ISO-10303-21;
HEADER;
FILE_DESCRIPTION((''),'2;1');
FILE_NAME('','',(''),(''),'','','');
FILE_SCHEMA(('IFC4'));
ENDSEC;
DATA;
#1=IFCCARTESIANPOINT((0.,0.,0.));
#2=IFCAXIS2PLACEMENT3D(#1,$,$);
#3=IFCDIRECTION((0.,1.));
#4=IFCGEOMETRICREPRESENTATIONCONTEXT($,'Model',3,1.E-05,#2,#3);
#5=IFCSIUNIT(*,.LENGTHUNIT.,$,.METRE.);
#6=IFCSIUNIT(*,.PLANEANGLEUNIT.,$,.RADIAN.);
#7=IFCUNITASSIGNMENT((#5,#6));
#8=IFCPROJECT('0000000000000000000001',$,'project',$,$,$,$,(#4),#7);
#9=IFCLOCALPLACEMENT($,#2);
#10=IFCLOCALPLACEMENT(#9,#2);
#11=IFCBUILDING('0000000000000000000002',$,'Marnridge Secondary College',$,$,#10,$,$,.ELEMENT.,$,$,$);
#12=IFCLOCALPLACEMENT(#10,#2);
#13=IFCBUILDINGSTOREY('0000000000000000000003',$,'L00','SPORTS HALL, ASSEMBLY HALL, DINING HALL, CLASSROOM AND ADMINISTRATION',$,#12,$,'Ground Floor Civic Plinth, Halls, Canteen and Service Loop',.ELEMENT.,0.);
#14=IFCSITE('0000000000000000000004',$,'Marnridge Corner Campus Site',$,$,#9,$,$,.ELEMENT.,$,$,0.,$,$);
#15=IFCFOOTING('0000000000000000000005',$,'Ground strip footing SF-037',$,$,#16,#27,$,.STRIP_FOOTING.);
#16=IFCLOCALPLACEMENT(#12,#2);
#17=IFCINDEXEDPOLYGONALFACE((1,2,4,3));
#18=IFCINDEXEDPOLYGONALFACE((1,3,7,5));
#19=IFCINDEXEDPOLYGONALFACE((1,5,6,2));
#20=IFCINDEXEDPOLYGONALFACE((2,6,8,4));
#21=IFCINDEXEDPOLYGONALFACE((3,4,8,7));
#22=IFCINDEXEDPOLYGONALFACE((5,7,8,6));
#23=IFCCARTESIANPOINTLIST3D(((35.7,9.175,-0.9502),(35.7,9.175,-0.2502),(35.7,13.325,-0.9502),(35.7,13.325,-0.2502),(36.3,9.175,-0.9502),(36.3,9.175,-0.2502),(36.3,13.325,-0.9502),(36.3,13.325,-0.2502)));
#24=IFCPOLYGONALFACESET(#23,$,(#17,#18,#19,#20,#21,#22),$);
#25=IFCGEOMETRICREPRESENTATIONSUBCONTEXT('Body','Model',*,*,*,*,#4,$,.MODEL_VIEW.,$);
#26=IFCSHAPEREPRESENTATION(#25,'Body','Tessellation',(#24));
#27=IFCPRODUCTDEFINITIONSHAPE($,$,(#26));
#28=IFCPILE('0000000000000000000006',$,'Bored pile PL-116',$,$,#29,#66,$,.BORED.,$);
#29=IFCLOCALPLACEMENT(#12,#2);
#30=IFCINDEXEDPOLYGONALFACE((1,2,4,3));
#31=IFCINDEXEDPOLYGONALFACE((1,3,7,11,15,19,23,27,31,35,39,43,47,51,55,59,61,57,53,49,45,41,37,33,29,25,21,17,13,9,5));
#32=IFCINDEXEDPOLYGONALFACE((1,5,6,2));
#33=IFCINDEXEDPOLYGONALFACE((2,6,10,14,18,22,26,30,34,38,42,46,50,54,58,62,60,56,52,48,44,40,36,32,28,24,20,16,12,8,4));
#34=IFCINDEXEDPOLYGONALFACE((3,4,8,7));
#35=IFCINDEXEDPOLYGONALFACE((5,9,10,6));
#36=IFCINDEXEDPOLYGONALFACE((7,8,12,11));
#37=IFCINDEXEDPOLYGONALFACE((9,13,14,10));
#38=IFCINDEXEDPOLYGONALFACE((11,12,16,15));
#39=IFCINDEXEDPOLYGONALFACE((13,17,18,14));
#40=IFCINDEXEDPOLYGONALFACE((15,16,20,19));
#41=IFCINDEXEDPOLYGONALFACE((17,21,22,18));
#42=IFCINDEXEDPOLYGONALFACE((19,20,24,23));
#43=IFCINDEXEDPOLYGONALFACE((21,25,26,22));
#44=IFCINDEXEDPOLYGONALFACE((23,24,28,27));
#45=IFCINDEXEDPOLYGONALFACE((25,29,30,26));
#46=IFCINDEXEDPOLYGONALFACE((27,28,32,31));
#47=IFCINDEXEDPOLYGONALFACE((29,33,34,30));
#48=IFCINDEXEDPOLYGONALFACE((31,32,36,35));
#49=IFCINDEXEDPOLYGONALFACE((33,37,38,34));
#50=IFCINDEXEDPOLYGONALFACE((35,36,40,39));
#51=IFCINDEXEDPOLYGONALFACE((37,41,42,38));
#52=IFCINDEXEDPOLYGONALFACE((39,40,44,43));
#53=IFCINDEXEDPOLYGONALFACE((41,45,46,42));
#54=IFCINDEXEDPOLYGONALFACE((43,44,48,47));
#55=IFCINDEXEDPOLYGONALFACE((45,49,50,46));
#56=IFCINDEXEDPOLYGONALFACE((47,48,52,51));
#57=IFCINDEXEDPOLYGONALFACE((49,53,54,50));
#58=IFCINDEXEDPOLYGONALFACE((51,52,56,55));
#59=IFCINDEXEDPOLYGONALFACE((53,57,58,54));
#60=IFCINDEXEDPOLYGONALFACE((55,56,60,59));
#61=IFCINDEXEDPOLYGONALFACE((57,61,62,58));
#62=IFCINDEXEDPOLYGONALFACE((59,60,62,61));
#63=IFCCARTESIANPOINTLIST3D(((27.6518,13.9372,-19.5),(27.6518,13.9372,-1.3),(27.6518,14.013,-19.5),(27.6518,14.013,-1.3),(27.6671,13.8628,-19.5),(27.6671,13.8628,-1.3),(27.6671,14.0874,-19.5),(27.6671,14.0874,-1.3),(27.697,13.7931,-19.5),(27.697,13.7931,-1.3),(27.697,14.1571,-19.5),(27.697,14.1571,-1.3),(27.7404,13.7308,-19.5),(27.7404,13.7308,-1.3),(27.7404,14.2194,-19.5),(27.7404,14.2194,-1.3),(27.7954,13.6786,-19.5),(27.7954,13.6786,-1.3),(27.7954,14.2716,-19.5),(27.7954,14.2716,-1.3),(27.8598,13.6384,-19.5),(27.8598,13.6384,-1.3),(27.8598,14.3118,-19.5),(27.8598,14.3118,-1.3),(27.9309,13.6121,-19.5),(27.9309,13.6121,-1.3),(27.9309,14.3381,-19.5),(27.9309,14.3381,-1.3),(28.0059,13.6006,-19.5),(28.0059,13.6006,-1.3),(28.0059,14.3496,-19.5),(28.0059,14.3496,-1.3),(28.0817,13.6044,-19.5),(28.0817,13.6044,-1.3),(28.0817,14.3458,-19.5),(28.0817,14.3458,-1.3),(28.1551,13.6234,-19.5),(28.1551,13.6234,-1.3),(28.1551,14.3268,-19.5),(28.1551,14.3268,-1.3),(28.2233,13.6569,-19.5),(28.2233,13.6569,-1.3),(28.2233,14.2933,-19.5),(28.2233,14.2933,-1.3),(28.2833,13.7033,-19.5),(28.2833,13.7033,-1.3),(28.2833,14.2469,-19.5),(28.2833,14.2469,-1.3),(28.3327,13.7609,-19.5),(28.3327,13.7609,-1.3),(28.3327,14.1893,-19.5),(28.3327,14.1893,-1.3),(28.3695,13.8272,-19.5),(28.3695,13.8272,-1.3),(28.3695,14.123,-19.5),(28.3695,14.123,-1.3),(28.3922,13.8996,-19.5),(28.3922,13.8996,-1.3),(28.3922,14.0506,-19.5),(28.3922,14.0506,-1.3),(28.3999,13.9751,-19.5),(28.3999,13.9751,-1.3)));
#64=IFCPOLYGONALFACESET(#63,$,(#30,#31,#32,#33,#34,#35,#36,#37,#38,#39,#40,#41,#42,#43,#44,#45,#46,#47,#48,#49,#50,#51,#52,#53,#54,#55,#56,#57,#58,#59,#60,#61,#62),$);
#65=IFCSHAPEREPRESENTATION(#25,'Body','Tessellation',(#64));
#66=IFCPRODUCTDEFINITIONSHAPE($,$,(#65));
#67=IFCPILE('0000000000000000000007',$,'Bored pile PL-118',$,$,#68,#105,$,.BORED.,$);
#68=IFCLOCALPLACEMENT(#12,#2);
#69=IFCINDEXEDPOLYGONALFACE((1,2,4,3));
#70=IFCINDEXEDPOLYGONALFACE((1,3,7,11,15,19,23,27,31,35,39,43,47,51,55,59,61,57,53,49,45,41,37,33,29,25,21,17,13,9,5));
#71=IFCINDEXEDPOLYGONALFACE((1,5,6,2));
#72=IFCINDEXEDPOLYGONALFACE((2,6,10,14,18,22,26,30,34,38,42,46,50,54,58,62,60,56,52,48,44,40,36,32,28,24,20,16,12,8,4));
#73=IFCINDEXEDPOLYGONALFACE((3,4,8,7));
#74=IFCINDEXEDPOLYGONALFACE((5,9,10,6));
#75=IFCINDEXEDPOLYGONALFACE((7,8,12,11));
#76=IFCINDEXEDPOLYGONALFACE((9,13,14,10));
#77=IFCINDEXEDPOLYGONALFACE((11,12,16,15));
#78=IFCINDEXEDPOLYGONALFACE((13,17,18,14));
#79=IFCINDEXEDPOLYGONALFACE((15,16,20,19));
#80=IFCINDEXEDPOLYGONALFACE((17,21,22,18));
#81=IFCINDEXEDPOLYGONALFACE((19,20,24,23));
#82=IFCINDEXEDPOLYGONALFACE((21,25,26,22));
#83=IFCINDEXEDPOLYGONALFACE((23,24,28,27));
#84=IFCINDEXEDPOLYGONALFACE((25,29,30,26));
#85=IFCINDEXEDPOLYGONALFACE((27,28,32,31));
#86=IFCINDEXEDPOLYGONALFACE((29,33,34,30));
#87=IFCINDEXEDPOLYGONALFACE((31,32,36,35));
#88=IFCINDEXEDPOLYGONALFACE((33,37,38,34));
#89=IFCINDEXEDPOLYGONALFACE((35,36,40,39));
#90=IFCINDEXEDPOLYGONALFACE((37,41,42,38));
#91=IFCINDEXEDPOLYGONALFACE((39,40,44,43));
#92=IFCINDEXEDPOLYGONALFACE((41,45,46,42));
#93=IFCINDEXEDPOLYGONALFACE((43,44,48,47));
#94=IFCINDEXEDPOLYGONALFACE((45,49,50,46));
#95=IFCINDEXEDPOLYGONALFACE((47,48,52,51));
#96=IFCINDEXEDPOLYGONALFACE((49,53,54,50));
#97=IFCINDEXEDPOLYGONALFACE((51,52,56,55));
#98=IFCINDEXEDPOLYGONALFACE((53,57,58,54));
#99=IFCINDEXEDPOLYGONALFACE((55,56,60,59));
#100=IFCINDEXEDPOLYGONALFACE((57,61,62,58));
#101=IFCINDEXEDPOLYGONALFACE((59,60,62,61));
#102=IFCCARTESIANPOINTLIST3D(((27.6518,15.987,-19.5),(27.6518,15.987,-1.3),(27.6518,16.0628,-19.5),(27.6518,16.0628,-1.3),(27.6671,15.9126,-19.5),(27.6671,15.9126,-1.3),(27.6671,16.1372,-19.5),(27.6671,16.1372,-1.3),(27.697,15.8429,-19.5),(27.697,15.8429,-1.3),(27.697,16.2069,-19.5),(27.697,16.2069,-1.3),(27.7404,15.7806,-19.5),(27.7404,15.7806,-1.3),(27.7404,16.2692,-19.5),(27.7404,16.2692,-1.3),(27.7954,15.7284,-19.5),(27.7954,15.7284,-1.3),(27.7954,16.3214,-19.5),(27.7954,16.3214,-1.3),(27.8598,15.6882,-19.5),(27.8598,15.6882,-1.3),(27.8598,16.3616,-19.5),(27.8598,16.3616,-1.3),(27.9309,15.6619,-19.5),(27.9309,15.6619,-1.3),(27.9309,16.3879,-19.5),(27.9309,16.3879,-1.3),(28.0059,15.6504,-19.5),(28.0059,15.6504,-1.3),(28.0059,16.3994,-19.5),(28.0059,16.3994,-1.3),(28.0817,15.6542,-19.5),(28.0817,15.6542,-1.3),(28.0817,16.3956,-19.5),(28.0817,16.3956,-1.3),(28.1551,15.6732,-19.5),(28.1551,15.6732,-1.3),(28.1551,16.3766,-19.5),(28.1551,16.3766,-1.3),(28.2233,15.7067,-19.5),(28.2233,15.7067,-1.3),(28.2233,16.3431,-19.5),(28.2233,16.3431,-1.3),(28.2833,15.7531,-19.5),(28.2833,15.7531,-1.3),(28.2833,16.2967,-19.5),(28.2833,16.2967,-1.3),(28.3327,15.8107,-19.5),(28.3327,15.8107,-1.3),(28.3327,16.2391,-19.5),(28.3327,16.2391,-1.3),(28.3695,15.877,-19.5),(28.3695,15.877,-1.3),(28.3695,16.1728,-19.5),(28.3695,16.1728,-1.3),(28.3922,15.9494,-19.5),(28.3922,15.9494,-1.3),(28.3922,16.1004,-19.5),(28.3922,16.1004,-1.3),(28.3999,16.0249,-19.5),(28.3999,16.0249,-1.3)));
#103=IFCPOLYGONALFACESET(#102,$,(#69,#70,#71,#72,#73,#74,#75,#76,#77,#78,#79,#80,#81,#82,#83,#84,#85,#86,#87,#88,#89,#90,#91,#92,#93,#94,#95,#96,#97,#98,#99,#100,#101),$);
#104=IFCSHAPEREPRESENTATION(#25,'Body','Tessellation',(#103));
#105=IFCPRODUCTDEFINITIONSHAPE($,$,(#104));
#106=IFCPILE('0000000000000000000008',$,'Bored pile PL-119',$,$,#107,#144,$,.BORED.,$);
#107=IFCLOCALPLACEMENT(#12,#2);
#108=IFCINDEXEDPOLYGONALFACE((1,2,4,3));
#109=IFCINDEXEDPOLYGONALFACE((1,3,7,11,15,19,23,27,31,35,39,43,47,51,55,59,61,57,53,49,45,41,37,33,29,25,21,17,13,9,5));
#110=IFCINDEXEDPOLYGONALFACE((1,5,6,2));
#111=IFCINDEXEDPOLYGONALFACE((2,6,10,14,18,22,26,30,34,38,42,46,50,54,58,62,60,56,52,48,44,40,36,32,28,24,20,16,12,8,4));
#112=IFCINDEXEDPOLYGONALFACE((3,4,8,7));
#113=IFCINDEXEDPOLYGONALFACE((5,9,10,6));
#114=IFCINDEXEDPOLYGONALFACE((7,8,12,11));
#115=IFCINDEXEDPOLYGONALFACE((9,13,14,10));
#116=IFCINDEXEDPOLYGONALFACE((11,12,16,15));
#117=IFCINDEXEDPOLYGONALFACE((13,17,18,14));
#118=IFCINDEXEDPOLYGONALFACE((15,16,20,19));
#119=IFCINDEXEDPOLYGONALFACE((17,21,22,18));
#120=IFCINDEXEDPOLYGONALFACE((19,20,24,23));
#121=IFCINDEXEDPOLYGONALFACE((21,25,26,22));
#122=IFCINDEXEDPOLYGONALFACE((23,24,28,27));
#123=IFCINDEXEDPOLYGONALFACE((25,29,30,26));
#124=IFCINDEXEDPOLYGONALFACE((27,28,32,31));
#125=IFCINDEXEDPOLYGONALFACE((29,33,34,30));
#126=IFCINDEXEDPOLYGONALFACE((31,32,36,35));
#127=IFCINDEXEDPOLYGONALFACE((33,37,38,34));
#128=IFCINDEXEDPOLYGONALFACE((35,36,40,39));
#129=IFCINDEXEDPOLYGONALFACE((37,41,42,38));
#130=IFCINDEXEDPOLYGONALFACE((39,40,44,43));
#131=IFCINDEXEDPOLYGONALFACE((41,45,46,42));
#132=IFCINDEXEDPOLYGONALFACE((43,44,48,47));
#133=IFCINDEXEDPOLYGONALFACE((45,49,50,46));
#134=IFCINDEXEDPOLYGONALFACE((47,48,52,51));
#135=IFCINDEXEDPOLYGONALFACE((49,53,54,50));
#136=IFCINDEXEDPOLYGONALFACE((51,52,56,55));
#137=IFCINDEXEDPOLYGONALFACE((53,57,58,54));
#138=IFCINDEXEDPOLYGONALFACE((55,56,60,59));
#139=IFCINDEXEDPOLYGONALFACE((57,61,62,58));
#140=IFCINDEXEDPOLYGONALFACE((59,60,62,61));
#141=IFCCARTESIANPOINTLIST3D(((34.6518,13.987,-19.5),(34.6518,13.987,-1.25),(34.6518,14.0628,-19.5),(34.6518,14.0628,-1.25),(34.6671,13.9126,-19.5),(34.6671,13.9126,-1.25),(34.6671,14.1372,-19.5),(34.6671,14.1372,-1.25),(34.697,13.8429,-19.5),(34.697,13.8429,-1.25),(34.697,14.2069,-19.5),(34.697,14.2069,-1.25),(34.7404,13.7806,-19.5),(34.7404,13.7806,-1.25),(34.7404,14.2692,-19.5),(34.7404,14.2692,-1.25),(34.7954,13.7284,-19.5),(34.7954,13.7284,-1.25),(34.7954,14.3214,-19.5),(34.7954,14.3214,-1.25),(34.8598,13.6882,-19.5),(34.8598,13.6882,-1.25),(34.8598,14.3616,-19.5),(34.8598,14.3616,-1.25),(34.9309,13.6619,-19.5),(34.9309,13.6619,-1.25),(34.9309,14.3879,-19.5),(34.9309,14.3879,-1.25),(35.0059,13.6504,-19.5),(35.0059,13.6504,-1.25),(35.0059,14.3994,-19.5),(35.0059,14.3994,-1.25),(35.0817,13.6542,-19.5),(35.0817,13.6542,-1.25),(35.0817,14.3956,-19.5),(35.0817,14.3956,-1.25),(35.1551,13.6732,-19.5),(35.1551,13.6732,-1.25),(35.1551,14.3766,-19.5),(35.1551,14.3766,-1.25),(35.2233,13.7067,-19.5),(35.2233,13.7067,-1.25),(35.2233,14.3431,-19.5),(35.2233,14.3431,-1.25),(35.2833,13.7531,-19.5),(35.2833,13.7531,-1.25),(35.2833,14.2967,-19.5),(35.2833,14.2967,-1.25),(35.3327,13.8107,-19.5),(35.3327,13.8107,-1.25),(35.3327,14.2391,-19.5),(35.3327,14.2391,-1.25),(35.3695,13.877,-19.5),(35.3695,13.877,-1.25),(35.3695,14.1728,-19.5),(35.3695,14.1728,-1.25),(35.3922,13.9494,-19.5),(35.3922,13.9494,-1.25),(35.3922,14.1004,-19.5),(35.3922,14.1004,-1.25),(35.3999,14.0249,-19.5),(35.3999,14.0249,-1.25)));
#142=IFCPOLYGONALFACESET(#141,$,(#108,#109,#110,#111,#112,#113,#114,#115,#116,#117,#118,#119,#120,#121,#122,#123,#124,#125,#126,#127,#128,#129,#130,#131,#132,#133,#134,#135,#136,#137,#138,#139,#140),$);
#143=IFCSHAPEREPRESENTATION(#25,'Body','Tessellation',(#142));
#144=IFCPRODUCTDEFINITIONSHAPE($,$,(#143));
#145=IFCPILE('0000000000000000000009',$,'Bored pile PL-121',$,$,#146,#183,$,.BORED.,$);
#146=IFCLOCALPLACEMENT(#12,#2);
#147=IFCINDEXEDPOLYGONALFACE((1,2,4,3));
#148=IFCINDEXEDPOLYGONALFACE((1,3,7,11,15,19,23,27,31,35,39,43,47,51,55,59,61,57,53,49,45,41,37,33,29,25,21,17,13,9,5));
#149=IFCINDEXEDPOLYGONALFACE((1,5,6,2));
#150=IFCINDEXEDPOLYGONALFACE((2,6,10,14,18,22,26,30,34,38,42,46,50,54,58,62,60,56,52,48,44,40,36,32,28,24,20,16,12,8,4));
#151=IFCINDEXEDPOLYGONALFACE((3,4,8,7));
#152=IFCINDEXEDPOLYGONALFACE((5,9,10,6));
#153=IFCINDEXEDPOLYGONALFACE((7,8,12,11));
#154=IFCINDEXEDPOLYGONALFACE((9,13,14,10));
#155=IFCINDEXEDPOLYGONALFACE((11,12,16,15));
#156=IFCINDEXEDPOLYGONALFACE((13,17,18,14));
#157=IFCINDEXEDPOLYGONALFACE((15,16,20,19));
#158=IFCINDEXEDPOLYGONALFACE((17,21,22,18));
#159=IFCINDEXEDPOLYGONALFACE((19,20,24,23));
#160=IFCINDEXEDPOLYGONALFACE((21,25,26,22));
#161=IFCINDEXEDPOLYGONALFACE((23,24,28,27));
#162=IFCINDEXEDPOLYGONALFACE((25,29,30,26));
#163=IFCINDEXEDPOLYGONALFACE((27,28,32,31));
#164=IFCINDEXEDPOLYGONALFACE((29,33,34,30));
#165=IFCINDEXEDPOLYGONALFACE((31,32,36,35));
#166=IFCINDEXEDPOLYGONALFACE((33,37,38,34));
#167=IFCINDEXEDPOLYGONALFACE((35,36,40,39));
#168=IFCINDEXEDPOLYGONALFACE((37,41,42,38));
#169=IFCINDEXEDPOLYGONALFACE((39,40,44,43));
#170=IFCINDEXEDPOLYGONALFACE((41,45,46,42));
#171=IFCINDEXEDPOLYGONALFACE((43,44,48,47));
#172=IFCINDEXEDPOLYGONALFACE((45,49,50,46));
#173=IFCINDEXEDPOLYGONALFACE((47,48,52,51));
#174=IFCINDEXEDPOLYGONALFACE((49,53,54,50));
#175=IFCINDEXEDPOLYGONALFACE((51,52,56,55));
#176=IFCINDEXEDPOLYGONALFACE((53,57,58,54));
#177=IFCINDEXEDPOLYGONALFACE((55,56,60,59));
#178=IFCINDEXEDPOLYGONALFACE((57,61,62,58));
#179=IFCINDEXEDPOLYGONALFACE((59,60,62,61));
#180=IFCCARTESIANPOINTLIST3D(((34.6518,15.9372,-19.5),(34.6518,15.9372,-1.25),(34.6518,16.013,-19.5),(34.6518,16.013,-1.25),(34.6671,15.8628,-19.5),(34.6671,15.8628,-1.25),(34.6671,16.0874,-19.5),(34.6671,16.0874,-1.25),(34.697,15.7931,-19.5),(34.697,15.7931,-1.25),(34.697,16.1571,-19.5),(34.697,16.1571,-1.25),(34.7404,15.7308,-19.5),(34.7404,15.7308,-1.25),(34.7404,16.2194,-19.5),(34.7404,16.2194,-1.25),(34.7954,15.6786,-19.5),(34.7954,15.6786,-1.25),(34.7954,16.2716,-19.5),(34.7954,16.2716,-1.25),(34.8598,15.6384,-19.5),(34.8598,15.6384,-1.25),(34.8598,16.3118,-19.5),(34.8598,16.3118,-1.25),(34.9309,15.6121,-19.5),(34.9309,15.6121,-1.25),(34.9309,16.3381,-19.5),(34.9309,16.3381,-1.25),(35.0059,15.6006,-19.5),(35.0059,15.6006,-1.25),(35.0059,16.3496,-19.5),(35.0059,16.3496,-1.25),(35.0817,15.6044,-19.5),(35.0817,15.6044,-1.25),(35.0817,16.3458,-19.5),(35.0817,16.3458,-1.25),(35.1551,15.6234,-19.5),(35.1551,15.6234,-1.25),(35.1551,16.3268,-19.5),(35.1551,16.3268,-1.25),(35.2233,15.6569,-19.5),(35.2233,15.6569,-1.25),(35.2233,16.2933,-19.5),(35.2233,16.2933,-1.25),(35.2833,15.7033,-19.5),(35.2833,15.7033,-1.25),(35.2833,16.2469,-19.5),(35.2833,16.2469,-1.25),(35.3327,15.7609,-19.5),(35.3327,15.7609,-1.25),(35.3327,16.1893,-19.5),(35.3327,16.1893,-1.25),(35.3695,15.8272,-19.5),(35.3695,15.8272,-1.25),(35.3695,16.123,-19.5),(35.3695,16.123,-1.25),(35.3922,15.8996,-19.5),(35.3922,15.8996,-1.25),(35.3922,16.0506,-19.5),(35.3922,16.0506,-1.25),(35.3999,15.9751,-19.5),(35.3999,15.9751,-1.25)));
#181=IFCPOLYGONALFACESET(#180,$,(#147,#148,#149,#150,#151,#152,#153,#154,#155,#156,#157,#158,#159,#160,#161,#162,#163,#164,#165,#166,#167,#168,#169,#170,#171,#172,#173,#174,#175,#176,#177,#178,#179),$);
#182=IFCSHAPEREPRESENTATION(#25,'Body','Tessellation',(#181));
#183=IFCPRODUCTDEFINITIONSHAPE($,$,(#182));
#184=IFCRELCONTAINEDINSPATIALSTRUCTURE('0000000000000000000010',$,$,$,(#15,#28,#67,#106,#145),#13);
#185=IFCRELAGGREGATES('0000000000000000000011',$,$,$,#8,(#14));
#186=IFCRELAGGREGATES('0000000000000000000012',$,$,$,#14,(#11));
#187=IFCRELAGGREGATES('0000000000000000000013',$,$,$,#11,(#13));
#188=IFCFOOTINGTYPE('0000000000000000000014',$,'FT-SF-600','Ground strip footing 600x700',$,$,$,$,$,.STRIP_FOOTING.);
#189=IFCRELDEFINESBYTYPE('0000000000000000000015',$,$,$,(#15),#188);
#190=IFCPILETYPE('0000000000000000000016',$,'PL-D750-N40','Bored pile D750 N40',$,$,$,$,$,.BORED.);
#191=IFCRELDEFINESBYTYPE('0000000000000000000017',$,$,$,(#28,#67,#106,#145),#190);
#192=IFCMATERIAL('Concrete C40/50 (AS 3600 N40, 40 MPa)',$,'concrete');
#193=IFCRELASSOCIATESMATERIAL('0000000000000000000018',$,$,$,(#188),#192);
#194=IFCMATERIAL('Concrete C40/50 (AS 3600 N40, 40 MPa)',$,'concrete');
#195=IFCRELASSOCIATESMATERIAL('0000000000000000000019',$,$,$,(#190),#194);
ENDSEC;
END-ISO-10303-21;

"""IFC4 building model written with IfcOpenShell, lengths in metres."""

from ifc_helpers import new_model, si_unit, direction, frame, origin, origin_2d, place, context, subcontext, project, spatial, rectangle, circle, extrude, material, material_profile, profile_set, type_object, element, save


model = new_model("IFC4")

# Units and contexts
model_context = context("Model", 3, precision=1e-05, world=origin(), true_north=direction((0.0, 1.0)))
body_context = subcontext(model_context, "Body", "Model", "MODEL_VIEW")
ifc_project = project(units=[si_unit("LENGTHUNIT", "METRE"), si_unit("PLANEANGLEUNIT", "RADIAN")], contexts=[model_context])

# Site, building, storey
site_placement = place(None, origin())
site = spatial("IfcSite", under=ifc_project, at=site_placement, Name="Marnridge Corner Campus Site", CompositionType="ELEMENT", RefElevation=0.0)
building_placement = place(site_placement, origin())
building = spatial("IfcBuilding", under=site, at=building_placement, Name="Marnridge Secondary College", CompositionType="ELEMENT")
storey_placement = place(building_placement, origin())
storey = spatial("IfcBuildingStorey", under=building, at=storey_placement, Name="L00", Description="SPORTS HALL, ASSEMBLY HALL, DINING HALL, CLASSROOM AND ADMINISTRATION", LongName="Ground Floor Civic Plinth, Halls, Canteen and Service Loop", CompositionType="ELEMENT", Elevation=0.0)

# Footing
ifc_material_1 = material(Name="Concrete C40/50 (AS 3600 N40, 40 MPa)", Category="concrete")
footing_type = type_object("IfcFootingType", Name="FT-SF-600", Description="Ground strip footing 600x700", PredefinedType="STRIP_FOOTING", material=ifc_material_1)
footing_placement = place(storey_placement, frame((36.0, 11.25, -0.9502), z_axis=(0.0, 0.0, 1.0), x_axis=(1.0, 0.0, 0.0)))
element("IfcFooting", 1, at=footing_placement, inside=storey, type_object=footing_type, Name="Ground strip footing SF-037", PredefinedType="STRIP_FOOTING", context=body_context, shape_type="SweptSolid", body=[
    extrude(rectangle(XDim=0.6001, YDim=4.1499, at=origin_2d()), origin(), (0.0, 0.0, 1.0), 0.7),
])

# Piles
ifc_material_2 = material(Name="Concrete C40/50 (AS 3600 N40, 40 MPa)", Category="concrete")
ifc_material_profile_1 = material_profile(ifc_material_2, circle(Radius=0.375, at=origin_2d()), Name="PILE D750")
ifc_profile_set_1 = profile_set([ifc_material_profile_1], Name="Concrete C40/50 (AS 3600 N40, 40 MPa)")
pile_type = type_object("IfcPileType", Name="PL-D750-N40", Description="Bored pile D750 N40", PredefinedType="BORED", material=ifc_profile_set_1)
for number, where, z_axis, x_axis, name in (
    (2, (28.0249, 13.9751, -1.3), (0.0, 0.0, -1.0), (1.0, 0.0, 0.0), "Bored pile PL-116"),
    (3, (28.0249, 16.0249, -1.3), (0.0, 0.0, -1.0), (1.0, 0.0, 0.0), "Bored pile PL-118"),
):
    element("IfcPile", number, at=place(storey_placement, frame(where, z_axis=z_axis, x_axis=x_axis)), inside=storey, type_object=pile_type, Name=name, PredefinedType="BORED", context=body_context, shape_type="SweptSolid", body=[
        extrude(circle(Radius=0.375, at=origin_2d()), origin(), (0.0, 0.0, 1.0), 18.2),
    ])
for number, where, z_axis, x_axis, name in (
    (4, (35.0249, 14.0249, -1.25), (0.0, 0.0, -1.0), (1.0, 0.0, 0.0), "Bored pile PL-119"),
    (5, (35.0249, 15.9751, -1.25), (0.0, 0.0, -1.0), (1.0, 0.0, 0.0), "Bored pile PL-121"),
):
    element("IfcPile", number, at=place(storey_placement, frame(where, z_axis=z_axis, x_axis=x_axis)), inside=storey, type_object=pile_type, Name=name, PredefinedType="BORED", context=body_context, shape_type="SweptSolid", body=[
        extrude(circle(Radius=0.375, at=origin_2d()), origin(), (0.0, 0.0, 1.0), 18.25),
    ])

save(model, "model.ifc")
